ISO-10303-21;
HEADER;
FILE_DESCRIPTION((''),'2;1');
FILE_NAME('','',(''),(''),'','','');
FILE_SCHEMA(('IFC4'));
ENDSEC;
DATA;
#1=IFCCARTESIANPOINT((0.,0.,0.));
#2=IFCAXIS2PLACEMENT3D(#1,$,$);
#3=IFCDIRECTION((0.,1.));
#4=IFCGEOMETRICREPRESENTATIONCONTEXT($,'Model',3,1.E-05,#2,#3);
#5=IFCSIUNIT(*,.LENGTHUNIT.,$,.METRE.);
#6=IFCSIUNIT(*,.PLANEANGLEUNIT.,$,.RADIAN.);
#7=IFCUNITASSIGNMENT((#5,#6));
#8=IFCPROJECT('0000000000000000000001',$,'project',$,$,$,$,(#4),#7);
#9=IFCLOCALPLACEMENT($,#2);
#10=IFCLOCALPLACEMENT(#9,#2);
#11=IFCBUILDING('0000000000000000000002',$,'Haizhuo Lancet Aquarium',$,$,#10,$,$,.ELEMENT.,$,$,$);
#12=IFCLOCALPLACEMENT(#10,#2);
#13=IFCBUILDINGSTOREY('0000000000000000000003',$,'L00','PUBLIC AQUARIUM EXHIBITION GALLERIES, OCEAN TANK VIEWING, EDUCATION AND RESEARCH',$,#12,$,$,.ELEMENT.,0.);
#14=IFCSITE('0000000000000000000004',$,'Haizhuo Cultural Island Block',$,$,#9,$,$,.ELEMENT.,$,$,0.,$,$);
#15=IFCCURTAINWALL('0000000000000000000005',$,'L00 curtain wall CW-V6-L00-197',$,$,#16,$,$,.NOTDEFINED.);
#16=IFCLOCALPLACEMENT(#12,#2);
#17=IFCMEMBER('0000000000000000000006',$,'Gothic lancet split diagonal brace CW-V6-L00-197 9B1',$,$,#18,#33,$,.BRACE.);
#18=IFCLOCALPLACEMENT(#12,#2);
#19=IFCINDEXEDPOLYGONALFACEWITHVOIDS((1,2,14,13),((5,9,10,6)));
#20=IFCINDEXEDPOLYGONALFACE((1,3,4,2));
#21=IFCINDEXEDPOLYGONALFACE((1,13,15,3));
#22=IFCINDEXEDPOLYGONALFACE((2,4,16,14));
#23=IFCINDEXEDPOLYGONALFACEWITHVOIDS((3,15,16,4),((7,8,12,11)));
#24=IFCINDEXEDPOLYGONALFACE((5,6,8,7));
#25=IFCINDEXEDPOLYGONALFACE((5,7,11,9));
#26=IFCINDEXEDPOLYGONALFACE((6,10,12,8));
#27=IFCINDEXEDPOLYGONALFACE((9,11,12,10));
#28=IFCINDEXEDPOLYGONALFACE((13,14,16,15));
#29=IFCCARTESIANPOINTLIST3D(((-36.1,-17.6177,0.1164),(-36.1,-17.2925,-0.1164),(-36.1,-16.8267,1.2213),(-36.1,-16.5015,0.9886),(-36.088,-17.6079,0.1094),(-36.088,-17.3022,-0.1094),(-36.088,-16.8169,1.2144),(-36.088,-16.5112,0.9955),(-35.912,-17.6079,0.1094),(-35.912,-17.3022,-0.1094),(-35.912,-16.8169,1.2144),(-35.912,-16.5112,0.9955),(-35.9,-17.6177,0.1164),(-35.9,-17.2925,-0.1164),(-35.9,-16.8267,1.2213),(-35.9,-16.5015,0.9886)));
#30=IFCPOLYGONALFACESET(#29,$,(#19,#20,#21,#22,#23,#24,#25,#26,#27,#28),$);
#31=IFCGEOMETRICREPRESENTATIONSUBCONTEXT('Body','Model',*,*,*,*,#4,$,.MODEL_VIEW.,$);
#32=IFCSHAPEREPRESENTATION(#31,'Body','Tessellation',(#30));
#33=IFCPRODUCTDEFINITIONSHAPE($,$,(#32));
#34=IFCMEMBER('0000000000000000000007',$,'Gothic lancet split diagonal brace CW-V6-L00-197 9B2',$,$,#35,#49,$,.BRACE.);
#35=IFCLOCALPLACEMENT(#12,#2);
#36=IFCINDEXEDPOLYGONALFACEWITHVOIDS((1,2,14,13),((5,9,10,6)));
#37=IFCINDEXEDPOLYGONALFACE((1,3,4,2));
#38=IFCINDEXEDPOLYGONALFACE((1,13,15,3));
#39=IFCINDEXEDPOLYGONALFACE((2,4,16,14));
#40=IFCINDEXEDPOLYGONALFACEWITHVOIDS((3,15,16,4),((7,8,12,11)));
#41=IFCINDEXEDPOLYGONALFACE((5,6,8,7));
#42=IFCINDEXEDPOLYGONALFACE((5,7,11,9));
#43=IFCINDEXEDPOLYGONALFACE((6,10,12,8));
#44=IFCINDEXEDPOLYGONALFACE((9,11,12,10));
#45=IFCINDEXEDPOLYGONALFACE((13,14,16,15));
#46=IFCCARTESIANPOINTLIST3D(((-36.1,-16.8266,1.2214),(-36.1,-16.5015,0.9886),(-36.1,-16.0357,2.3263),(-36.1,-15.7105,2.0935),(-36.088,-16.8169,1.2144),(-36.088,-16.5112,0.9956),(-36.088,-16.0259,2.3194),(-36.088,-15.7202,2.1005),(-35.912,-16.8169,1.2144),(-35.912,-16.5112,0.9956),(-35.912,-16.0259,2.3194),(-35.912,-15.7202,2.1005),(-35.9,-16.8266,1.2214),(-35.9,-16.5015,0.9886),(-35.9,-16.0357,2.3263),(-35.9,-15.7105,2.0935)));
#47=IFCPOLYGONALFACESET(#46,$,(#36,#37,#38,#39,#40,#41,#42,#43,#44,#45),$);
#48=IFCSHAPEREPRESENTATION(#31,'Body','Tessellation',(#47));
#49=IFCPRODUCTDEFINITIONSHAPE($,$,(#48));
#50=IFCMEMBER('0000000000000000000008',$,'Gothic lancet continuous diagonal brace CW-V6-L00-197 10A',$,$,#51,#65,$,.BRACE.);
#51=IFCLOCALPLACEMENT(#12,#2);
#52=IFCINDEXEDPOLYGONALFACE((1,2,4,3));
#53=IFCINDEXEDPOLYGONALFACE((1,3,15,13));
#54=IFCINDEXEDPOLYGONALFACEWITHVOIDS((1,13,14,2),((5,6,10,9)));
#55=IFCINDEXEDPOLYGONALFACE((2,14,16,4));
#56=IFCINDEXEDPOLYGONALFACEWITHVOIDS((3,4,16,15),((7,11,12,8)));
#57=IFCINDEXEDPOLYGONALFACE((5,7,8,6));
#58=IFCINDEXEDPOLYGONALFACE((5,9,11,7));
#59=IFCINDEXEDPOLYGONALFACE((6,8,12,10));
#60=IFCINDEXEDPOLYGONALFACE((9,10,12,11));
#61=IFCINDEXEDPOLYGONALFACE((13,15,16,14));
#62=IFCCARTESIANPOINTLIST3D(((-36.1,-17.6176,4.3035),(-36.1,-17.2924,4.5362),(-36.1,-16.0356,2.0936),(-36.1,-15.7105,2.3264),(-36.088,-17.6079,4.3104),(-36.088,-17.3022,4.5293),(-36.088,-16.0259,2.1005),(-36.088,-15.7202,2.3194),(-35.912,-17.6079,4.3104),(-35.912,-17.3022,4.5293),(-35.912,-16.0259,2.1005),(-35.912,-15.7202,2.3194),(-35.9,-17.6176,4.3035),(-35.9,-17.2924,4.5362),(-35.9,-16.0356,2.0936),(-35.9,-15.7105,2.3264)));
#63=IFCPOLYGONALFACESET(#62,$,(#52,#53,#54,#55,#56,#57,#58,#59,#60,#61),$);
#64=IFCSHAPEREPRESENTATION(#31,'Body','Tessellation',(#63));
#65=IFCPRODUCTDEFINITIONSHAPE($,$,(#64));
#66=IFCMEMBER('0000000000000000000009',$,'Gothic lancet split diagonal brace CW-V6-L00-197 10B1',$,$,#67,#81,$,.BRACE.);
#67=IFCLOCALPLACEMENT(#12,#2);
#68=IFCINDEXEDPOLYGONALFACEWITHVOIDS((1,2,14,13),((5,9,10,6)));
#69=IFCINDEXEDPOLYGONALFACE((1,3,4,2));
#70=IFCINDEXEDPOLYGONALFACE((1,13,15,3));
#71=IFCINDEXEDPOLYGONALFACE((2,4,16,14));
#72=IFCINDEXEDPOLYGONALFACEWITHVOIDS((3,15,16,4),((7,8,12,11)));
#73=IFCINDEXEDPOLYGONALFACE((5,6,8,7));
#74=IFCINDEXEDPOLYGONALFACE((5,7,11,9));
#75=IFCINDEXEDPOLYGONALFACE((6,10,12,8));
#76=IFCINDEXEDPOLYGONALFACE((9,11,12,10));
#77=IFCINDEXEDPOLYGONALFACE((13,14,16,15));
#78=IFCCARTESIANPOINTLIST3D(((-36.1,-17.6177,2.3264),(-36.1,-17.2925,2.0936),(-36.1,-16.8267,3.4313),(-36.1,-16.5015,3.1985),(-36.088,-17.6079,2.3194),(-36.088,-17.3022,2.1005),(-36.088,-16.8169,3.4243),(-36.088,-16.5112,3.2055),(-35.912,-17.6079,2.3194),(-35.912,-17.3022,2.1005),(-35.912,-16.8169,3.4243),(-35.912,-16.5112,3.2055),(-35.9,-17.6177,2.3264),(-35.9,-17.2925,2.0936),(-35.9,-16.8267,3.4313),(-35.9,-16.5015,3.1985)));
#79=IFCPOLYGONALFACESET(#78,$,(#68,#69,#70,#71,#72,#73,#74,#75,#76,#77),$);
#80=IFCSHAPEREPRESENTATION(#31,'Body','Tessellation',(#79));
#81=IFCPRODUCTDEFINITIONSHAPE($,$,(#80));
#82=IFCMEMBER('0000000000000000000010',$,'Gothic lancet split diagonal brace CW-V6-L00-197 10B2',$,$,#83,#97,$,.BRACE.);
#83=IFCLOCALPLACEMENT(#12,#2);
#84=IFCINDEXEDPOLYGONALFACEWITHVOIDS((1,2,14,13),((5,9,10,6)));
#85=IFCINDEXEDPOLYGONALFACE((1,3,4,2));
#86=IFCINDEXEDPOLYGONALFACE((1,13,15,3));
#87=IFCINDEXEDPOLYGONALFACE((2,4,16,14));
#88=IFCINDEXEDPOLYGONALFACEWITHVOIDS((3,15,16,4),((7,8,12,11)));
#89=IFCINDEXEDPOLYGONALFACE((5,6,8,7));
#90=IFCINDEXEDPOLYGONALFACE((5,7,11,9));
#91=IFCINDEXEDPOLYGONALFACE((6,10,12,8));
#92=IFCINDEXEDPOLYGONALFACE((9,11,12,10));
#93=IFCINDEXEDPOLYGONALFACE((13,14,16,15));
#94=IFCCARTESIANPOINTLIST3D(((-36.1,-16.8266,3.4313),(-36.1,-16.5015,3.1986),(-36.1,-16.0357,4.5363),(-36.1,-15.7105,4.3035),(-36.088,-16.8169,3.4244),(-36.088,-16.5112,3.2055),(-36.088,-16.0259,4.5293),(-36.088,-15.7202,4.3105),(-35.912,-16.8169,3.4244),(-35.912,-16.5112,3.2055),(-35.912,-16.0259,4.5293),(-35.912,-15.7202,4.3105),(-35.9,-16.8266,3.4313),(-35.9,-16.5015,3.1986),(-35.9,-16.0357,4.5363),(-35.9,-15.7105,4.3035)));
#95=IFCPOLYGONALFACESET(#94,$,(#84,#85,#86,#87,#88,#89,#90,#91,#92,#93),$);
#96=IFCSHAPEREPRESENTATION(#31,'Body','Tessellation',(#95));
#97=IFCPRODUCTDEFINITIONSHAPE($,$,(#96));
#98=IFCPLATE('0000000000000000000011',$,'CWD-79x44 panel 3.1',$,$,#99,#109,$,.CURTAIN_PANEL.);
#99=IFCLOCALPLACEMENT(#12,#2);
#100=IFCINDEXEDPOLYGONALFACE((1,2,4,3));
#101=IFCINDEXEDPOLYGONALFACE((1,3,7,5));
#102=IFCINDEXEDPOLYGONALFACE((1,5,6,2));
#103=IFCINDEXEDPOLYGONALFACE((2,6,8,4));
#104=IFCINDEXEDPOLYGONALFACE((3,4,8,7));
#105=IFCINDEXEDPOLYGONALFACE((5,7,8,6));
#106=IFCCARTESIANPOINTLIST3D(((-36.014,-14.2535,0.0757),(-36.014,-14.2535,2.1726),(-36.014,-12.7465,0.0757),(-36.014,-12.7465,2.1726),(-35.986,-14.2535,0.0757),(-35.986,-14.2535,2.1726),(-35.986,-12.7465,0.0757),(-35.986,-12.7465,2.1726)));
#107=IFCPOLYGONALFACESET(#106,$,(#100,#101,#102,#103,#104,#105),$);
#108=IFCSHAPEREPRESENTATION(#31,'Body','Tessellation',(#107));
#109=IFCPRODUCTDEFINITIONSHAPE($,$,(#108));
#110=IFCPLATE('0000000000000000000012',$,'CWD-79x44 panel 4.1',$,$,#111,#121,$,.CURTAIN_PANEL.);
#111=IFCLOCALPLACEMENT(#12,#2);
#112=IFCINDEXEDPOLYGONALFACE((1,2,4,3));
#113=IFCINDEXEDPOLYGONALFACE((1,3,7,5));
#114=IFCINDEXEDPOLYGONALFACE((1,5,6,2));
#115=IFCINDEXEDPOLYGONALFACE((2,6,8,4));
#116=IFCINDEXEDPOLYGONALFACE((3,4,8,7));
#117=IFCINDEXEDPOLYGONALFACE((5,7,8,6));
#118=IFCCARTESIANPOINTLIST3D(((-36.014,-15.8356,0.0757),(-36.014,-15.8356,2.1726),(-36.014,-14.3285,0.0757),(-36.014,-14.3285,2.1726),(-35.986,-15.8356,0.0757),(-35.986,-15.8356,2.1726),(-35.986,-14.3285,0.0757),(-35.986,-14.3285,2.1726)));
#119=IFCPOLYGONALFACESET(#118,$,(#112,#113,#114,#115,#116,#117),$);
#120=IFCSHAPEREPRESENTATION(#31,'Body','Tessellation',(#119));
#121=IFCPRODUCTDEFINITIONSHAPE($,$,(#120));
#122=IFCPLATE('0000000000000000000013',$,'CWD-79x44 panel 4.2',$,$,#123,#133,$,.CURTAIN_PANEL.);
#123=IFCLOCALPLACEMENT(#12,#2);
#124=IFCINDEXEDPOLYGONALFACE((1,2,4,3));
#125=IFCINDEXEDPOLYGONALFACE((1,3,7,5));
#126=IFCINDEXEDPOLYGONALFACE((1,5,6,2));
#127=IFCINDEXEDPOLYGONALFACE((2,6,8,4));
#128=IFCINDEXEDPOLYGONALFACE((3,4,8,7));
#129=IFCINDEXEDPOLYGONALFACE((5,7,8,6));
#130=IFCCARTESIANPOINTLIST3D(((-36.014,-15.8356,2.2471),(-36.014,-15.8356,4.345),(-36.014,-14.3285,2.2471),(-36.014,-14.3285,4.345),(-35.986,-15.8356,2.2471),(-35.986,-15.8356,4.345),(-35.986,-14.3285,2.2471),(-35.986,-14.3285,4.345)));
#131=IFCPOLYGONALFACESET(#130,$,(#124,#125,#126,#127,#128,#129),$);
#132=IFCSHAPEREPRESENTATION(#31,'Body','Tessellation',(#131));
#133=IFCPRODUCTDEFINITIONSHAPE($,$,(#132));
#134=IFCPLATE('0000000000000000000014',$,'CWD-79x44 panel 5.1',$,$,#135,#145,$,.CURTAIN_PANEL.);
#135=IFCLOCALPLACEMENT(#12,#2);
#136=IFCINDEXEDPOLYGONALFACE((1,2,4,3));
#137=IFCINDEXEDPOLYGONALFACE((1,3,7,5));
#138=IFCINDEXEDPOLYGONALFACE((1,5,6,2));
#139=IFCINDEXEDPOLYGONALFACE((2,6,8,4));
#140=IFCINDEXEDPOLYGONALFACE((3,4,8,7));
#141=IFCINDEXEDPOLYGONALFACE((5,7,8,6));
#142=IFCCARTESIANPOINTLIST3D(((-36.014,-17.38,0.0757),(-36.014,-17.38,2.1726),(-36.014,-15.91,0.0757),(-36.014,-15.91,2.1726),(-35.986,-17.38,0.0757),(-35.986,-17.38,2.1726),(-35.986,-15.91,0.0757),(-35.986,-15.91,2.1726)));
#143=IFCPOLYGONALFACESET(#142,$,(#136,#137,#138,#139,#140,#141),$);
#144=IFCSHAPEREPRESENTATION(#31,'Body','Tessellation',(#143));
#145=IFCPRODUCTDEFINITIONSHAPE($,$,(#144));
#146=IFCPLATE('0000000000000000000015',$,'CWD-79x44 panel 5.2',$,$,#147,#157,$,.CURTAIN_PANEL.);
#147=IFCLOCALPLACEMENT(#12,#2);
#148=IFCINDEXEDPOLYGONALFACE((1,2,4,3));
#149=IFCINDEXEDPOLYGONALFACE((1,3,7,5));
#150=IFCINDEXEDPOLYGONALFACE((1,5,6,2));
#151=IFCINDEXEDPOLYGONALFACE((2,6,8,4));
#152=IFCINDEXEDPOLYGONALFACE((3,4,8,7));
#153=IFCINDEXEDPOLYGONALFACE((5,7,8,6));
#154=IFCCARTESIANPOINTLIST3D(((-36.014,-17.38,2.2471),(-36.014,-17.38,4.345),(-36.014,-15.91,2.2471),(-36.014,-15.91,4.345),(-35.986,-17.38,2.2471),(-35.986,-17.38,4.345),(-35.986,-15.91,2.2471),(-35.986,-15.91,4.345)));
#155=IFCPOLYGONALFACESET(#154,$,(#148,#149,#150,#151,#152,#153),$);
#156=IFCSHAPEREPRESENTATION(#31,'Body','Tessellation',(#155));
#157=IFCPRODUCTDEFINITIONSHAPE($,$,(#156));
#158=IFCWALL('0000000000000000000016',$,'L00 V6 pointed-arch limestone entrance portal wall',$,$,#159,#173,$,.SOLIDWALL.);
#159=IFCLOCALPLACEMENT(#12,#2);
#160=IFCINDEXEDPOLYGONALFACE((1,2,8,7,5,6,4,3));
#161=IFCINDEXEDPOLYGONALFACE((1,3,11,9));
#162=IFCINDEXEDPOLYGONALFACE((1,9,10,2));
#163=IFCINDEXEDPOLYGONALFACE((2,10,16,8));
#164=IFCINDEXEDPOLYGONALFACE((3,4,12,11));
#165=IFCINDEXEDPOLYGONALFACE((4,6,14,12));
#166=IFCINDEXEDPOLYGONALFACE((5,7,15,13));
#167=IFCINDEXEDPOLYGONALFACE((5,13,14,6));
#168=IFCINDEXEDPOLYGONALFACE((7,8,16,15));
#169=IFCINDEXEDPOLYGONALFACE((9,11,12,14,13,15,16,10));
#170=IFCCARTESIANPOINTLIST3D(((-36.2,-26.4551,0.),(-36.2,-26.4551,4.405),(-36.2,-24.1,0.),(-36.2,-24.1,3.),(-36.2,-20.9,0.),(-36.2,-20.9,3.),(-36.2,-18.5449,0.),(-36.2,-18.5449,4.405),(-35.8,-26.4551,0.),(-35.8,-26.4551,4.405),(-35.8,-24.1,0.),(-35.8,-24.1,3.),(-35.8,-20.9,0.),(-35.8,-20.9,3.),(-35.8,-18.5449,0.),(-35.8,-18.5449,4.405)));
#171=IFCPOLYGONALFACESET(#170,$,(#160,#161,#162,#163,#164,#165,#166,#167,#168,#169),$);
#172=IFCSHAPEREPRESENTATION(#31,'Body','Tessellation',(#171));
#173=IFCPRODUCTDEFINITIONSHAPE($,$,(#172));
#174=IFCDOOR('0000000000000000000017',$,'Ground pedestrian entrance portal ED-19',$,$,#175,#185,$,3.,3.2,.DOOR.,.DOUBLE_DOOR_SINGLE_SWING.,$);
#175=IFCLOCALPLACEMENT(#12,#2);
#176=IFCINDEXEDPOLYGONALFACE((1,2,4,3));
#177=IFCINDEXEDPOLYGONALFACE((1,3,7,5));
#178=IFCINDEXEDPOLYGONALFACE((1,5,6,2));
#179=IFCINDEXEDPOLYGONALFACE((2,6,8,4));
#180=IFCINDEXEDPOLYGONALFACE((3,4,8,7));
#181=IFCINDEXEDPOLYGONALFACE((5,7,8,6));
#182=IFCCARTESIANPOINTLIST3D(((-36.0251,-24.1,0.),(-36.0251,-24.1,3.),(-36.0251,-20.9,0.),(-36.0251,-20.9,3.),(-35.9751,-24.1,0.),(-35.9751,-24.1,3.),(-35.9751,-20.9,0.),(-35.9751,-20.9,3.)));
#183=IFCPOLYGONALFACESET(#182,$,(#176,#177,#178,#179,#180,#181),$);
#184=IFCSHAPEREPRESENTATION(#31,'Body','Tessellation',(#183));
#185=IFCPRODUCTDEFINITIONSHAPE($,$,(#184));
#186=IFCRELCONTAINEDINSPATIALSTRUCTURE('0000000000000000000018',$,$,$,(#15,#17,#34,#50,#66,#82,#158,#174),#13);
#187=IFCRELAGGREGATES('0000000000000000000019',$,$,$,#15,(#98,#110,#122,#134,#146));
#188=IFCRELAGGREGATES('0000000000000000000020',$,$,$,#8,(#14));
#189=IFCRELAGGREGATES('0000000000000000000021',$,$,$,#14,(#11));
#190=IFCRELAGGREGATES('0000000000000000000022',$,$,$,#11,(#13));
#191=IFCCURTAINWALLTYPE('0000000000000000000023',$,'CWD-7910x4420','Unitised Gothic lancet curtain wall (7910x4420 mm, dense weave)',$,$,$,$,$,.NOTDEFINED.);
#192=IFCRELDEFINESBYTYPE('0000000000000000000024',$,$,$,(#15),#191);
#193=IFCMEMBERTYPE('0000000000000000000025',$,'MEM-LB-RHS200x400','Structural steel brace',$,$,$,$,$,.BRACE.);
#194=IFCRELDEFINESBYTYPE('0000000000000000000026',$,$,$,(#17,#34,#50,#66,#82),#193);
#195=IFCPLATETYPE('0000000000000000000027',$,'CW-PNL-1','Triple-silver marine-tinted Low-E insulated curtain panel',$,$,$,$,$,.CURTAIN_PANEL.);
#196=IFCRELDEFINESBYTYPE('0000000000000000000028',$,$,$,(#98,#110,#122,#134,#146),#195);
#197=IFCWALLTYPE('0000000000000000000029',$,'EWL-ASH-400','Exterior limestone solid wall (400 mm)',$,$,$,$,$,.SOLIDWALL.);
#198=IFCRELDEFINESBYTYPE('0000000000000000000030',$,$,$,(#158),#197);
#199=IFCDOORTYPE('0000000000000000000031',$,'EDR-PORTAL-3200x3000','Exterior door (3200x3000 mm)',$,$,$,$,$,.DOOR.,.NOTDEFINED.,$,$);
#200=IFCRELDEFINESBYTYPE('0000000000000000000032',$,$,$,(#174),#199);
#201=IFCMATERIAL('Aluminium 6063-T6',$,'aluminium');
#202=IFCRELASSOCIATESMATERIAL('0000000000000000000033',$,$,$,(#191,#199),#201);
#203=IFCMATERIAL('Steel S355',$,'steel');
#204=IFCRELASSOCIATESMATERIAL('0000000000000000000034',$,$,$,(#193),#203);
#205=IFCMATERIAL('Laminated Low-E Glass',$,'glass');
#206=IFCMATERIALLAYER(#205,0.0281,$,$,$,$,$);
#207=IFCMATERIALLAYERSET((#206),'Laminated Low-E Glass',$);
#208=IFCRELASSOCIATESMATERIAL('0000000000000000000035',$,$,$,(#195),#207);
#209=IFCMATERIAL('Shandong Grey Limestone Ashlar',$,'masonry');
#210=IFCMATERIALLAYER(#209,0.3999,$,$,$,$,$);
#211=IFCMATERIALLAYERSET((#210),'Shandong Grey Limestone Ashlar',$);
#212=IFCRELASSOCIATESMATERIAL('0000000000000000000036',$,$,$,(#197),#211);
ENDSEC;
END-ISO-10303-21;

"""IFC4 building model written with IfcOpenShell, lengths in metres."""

from ifc_helpers import new_model, si_unit, direction, frame, frame_2d, origin, origin_2d, place, context, subcontext, project, spatial, rectangle, hollow_rectangle, extrude, material, layer, layer_set, material_profile, profile_set, type_object, element, fill, aggregate, save


model = new_model("IFC4")

# Units and contexts
model_context = context("Model", 3, precision=1e-05, world=origin(), true_north=direction((0.0, 1.0)))
body_context = subcontext(model_context, "Body", "Model", "MODEL_VIEW")
ifc_project = project(units=[si_unit("LENGTHUNIT", "METRE"), si_unit("PLANEANGLEUNIT", "RADIAN")], contexts=[model_context])

# Site, building, storey
site_placement = place(None, origin())
site = spatial("IfcSite", under=ifc_project, at=site_placement, Name="Haizhuo Cultural Island Block", CompositionType="ELEMENT", RefElevation=0.0)
building_placement = place(site_placement, origin())
building = spatial("IfcBuilding", under=site, at=building_placement, Name="Haizhuo Lancet Aquarium", CompositionType="ELEMENT")
storey_placement = place(building_placement, origin())
storey = spatial("IfcBuildingStorey", under=building, at=storey_placement, Name="L00", Description="PUBLIC AQUARIUM EXHIBITION GALLERIES, OCEAN TANK VIEWING, EDUCATION AND RESEARCH", CompositionType="ELEMENT", Elevation=0.0)

# Shared definitions
ifc_material_1 = material(Name="Steel S355", Category="steel")

# Curtain wall
ifc_material_2 = material(Name="Aluminium 6063-T6", Category="aluminium")
curtain_wall_type = type_object("IfcCurtainWallType", Name="CWD-7910x4420", Description="Unitised Gothic lancet curtain wall (7910x4420 mm, dense weave)", PredefinedType="NOTDEFINED", material=ifc_material_2)
curtain_wall_placement = place(storey_placement, origin())
curtain_wall = element("IfcCurtainWall", 1, at=curtain_wall_placement, inside=storey, type_object=curtain_wall_type, Name="L00 curtain wall CW-V6-L00-197", PredefinedType="NOTDEFINED")

# Members
ifc_material_profile_1 = material_profile(ifc_material_1, hollow_rectangle(XDim=0.2, YDim=0.3999, WallThickness=0.012, at=origin_2d()), Name="RHS 200x400x12")
ifc_profile_set_1 = profile_set([ifc_material_profile_1], Name="Steel S355")
member_type_1 = type_object("IfcMemberType", Name="MEM-LB-RHS200x400", Description="Structural steel brace", PredefinedType="BRACE", material=ifc_profile_set_1)
for number, where, z_axis, x_axis, name in (
    (2, (-36.0, -17.4551, 0.0), (0.0, 0.582088, 0.813126), (-1.0, 0.0, 0.0), "Gothic lancet split diagonal brace CW-V6-L00-197 9B1"),
    (3, (-36.0, -16.6641, 1.105), (0.0, 0.582088, 0.813126), (-1.0, 0.0, 0.0), "Gothic lancet split diagonal brace CW-V6-L00-197 9B2"),
):
    element("IfcMember", number, at=place(storey_placement, frame(where, z_axis=z_axis, x_axis=x_axis)), inside=storey, type_object=member_type_1, Name=name, PredefinedType="BRACE", context=body_context, shape_type="SweptSolid", body=[
        extrude(hollow_rectangle(XDim=0.2, YDim=0.3999, WallThickness=0.012, at=origin_2d()), origin(), (0.0, 0.0, 1.0), 1.3589),
    ])
member_1_placement = place(storey_placement, frame((-36.0, -15.873, 2.21), z_axis=(0.0, -0.582088, 0.813126), x_axis=(1.0, 0.0, 0.0)))
element("IfcMember", 4, at=member_1_placement, inside=storey, type_object=member_type_1, Name="Gothic lancet continuous diagonal brace CW-V6-L00-197 10A", PredefinedType="BRACE", context=body_context, shape_type="SweptSolid", body=[
    extrude(hollow_rectangle(XDim=0.2, YDim=0.3999, WallThickness=0.012, at=origin_2d()), origin(), (0.0, 0.0, 1.0), 2.7178),
])
for number, where, z_axis, x_axis, name in (
    (5, (-36.0, -17.4551, 2.21), (0.0, 0.582088, 0.813126), (-1.0, 0.0, 0.0), "Gothic lancet split diagonal brace CW-V6-L00-197 10B1"),
    (6, (-36.0, -16.6641, 3.3149), (0.0, 0.582088, 0.813126), (-1.0, 0.0, 0.0), "Gothic lancet split diagonal brace CW-V6-L00-197 10B2"),
):
    element("IfcMember", number, at=place(storey_placement, frame(where, z_axis=z_axis, x_axis=x_axis)), inside=storey, type_object=member_type_1, Name=name, PredefinedType="BRACE", context=body_context, shape_type="SweptSolid", body=[
        extrude(hollow_rectangle(XDim=0.2, YDim=0.3999, WallThickness=0.012, at=origin_2d()), origin(), (0.0, 0.0, 1.0), 1.3589),
    ])

# Plates
ifc_material_3 = material(Name="Laminated Low-E Glass", Category="glass")
ifc_layer_1 = layer(ifc_material_3, 0.0281)
ifc_layer_set_1 = layer_set([ifc_layer_1], Name="Laminated Low-E Glass")
plate_type = type_object("IfcPlateType", Name="CW-PNL-1", Description="Triple-silver marine-tinted Low-E insulated curtain panel", PredefinedType="CURTAIN_PANEL", material=ifc_layer_set_1)
plate_1_placement = place(storey_placement, frame((-36.0, -13.5, 0.0757), z_axis=(0.0, 0.0, 1.0), x_axis=(0.0, -1.0, 0.0)))
plate_1 = element("IfcPlate", 7, at=plate_1_placement, type_object=plate_type, Name="CWD-79x44 panel 3.1", PredefinedType="CURTAIN_PANEL", context=body_context, shape_type="SweptSolid", body=[
    extrude(rectangle(XDim=1.5071, YDim=0.0281, at=origin_2d()), origin(), (0.0, 0.0, 1.0), 2.0969),
])
plate_2_placement = place(storey_placement, frame((-36.0, -15.082, 0.0757), z_axis=(0.0, 0.0, 1.0), x_axis=(0.0, -1.0, 0.0)))
plate_2 = element("IfcPlate", 8, at=plate_2_placement, type_object=plate_type, Name="CWD-79x44 panel 4.1", PredefinedType="CURTAIN_PANEL", context=body_context, shape_type="SweptSolid", body=[
    extrude(rectangle(XDim=1.5071, YDim=0.0281, at=origin_2d()), origin(), (0.0, 0.0, 1.0), 2.0969),
])
plate_3_placement = place(storey_placement, frame((-36.0, -15.082, 2.2471), z_axis=(0.0, 0.0, 1.0), x_axis=(0.0, -1.0, 0.0)))
plate_3 = element("IfcPlate", 9, at=plate_3_placement, type_object=plate_type, Name="CWD-79x44 panel 4.2", PredefinedType="CURTAIN_PANEL", context=body_context, shape_type="SweptSolid", body=[
    extrude(rectangle(XDim=1.5071, YDim=0.0281, at=origin_2d()), origin(), (0.0, 0.0, 1.0), 2.0979),
])
plate_4_placement = place(storey_placement, frame((-36.0, -16.645, 0.0757), z_axis=(0.0, 0.0, 1.0), x_axis=(0.0, -1.0, 0.0)))
plate_4 = element("IfcPlate", 10, at=plate_4_placement, type_object=plate_type, Name="CWD-79x44 panel 5.1", PredefinedType="CURTAIN_PANEL", context=body_context, shape_type="SweptSolid", body=[
    extrude(rectangle(XDim=1.47, YDim=0.0281, at=origin_2d()), origin(), (0.0, 0.0, 1.0), 2.0969),
])
plate_5_placement = place(storey_placement, frame((-36.0, -16.645, 2.2471), z_axis=(0.0, 0.0, 1.0), x_axis=(0.0, -1.0, 0.0)))
plate_5 = element("IfcPlate", 11, at=plate_5_placement, type_object=plate_type, Name="CWD-79x44 panel 5.2", PredefinedType="CURTAIN_PANEL", context=body_context, shape_type="SweptSolid", body=[
    extrude(rectangle(XDim=1.47, YDim=0.0281, at=origin_2d()), origin(), (0.0, 0.0, 1.0), 2.0979),
])
aggregate(curtain_wall, [plate_1, plate_2, plate_3, plate_4, plate_5])

# Wall, opening, door
ifc_material_4 = material(Name="Shandong Grey Limestone Ashlar", Category="masonry")
ifc_layer_2 = layer(ifc_material_4, 0.3999)
ifc_layer_set_2 = layer_set([ifc_layer_2], Name="Shandong Grey Limestone Ashlar")
wall_type_1 = type_object("IfcWallType", Name="EWL-ASH-400", Description="Exterior limestone solid wall (400 mm)", PredefinedType="SOLIDWALL", material=ifc_layer_set_2)
wall_1_placement = place(storey_placement, frame((-36.0, -18.5449, 0.0), z_axis=(0.0, 0.0, 1.0), x_axis=(0.0, -1.0, 0.0)))
wall_1 = element("IfcWall", 12, at=wall_1_placement, inside=storey, type_object=wall_type_1, Name="L00 V6 pointed-arch limestone entrance portal wall", PredefinedType="SOLIDWALL", context=body_context, shape_type="SweptSolid", body=[
    extrude(rectangle(XDim=7.9102, YDim=0.3999, at=frame_2d((3.9551, 0.0))), origin(), (0.0, 0.0, 1.0), 4.405),
])
opening_1_placement = place(wall_1_placement, frame((2.355, 0.0, 0.0)))
opening_1 = element("IfcOpeningElement", 13, at=opening_1_placement, cuts=wall_1, PredefinedType="OPENING", context=body_context, shape_type="SweptSolid", body=[
    extrude(rectangle(XDim=3.2, YDim=3.0, at=frame_2d((1.6001, 1.5))), frame((0.0, 0.21, 0.0), z_axis=(0.0, -1.0, 0.0), x_axis=(1.0, 0.0, 0.0)), (0.0, 0.0, 1.0), 0.4199),
])
door_type_1 = type_object("IfcDoorType", Name="EDR-PORTAL-3200x3000", Description="Exterior door (3200x3000 mm)", OperationType="NOTDEFINED", PredefinedType="DOOR", material=ifc_material_2)
door_1_placement = place(opening_1_placement, origin())
door_1 = element("IfcDoor", 14, at=door_1_placement, inside=storey, type_object=door_type_1, Name="Ground pedestrian entrance portal ED-19", OperationType="DOUBLE_DOOR_SINGLE_SWING", OverallHeight=3.0, OverallWidth=3.2, PredefinedType="DOOR", context=body_context, shape_type="SweptSolid", body=[
    extrude(rectangle(XDim=3.2, YDim=3.0, at=frame_2d((1.6001, 1.5))), frame((0.0, 0.0249, 0.0), z_axis=(0.0, -1.0, 0.0), x_axis=(1.0, 0.0, 0.0)), (0.0, 0.0, 1.0), 0.05),
])
fill(opening_1, door_1)

save(model, "model.ifc")
